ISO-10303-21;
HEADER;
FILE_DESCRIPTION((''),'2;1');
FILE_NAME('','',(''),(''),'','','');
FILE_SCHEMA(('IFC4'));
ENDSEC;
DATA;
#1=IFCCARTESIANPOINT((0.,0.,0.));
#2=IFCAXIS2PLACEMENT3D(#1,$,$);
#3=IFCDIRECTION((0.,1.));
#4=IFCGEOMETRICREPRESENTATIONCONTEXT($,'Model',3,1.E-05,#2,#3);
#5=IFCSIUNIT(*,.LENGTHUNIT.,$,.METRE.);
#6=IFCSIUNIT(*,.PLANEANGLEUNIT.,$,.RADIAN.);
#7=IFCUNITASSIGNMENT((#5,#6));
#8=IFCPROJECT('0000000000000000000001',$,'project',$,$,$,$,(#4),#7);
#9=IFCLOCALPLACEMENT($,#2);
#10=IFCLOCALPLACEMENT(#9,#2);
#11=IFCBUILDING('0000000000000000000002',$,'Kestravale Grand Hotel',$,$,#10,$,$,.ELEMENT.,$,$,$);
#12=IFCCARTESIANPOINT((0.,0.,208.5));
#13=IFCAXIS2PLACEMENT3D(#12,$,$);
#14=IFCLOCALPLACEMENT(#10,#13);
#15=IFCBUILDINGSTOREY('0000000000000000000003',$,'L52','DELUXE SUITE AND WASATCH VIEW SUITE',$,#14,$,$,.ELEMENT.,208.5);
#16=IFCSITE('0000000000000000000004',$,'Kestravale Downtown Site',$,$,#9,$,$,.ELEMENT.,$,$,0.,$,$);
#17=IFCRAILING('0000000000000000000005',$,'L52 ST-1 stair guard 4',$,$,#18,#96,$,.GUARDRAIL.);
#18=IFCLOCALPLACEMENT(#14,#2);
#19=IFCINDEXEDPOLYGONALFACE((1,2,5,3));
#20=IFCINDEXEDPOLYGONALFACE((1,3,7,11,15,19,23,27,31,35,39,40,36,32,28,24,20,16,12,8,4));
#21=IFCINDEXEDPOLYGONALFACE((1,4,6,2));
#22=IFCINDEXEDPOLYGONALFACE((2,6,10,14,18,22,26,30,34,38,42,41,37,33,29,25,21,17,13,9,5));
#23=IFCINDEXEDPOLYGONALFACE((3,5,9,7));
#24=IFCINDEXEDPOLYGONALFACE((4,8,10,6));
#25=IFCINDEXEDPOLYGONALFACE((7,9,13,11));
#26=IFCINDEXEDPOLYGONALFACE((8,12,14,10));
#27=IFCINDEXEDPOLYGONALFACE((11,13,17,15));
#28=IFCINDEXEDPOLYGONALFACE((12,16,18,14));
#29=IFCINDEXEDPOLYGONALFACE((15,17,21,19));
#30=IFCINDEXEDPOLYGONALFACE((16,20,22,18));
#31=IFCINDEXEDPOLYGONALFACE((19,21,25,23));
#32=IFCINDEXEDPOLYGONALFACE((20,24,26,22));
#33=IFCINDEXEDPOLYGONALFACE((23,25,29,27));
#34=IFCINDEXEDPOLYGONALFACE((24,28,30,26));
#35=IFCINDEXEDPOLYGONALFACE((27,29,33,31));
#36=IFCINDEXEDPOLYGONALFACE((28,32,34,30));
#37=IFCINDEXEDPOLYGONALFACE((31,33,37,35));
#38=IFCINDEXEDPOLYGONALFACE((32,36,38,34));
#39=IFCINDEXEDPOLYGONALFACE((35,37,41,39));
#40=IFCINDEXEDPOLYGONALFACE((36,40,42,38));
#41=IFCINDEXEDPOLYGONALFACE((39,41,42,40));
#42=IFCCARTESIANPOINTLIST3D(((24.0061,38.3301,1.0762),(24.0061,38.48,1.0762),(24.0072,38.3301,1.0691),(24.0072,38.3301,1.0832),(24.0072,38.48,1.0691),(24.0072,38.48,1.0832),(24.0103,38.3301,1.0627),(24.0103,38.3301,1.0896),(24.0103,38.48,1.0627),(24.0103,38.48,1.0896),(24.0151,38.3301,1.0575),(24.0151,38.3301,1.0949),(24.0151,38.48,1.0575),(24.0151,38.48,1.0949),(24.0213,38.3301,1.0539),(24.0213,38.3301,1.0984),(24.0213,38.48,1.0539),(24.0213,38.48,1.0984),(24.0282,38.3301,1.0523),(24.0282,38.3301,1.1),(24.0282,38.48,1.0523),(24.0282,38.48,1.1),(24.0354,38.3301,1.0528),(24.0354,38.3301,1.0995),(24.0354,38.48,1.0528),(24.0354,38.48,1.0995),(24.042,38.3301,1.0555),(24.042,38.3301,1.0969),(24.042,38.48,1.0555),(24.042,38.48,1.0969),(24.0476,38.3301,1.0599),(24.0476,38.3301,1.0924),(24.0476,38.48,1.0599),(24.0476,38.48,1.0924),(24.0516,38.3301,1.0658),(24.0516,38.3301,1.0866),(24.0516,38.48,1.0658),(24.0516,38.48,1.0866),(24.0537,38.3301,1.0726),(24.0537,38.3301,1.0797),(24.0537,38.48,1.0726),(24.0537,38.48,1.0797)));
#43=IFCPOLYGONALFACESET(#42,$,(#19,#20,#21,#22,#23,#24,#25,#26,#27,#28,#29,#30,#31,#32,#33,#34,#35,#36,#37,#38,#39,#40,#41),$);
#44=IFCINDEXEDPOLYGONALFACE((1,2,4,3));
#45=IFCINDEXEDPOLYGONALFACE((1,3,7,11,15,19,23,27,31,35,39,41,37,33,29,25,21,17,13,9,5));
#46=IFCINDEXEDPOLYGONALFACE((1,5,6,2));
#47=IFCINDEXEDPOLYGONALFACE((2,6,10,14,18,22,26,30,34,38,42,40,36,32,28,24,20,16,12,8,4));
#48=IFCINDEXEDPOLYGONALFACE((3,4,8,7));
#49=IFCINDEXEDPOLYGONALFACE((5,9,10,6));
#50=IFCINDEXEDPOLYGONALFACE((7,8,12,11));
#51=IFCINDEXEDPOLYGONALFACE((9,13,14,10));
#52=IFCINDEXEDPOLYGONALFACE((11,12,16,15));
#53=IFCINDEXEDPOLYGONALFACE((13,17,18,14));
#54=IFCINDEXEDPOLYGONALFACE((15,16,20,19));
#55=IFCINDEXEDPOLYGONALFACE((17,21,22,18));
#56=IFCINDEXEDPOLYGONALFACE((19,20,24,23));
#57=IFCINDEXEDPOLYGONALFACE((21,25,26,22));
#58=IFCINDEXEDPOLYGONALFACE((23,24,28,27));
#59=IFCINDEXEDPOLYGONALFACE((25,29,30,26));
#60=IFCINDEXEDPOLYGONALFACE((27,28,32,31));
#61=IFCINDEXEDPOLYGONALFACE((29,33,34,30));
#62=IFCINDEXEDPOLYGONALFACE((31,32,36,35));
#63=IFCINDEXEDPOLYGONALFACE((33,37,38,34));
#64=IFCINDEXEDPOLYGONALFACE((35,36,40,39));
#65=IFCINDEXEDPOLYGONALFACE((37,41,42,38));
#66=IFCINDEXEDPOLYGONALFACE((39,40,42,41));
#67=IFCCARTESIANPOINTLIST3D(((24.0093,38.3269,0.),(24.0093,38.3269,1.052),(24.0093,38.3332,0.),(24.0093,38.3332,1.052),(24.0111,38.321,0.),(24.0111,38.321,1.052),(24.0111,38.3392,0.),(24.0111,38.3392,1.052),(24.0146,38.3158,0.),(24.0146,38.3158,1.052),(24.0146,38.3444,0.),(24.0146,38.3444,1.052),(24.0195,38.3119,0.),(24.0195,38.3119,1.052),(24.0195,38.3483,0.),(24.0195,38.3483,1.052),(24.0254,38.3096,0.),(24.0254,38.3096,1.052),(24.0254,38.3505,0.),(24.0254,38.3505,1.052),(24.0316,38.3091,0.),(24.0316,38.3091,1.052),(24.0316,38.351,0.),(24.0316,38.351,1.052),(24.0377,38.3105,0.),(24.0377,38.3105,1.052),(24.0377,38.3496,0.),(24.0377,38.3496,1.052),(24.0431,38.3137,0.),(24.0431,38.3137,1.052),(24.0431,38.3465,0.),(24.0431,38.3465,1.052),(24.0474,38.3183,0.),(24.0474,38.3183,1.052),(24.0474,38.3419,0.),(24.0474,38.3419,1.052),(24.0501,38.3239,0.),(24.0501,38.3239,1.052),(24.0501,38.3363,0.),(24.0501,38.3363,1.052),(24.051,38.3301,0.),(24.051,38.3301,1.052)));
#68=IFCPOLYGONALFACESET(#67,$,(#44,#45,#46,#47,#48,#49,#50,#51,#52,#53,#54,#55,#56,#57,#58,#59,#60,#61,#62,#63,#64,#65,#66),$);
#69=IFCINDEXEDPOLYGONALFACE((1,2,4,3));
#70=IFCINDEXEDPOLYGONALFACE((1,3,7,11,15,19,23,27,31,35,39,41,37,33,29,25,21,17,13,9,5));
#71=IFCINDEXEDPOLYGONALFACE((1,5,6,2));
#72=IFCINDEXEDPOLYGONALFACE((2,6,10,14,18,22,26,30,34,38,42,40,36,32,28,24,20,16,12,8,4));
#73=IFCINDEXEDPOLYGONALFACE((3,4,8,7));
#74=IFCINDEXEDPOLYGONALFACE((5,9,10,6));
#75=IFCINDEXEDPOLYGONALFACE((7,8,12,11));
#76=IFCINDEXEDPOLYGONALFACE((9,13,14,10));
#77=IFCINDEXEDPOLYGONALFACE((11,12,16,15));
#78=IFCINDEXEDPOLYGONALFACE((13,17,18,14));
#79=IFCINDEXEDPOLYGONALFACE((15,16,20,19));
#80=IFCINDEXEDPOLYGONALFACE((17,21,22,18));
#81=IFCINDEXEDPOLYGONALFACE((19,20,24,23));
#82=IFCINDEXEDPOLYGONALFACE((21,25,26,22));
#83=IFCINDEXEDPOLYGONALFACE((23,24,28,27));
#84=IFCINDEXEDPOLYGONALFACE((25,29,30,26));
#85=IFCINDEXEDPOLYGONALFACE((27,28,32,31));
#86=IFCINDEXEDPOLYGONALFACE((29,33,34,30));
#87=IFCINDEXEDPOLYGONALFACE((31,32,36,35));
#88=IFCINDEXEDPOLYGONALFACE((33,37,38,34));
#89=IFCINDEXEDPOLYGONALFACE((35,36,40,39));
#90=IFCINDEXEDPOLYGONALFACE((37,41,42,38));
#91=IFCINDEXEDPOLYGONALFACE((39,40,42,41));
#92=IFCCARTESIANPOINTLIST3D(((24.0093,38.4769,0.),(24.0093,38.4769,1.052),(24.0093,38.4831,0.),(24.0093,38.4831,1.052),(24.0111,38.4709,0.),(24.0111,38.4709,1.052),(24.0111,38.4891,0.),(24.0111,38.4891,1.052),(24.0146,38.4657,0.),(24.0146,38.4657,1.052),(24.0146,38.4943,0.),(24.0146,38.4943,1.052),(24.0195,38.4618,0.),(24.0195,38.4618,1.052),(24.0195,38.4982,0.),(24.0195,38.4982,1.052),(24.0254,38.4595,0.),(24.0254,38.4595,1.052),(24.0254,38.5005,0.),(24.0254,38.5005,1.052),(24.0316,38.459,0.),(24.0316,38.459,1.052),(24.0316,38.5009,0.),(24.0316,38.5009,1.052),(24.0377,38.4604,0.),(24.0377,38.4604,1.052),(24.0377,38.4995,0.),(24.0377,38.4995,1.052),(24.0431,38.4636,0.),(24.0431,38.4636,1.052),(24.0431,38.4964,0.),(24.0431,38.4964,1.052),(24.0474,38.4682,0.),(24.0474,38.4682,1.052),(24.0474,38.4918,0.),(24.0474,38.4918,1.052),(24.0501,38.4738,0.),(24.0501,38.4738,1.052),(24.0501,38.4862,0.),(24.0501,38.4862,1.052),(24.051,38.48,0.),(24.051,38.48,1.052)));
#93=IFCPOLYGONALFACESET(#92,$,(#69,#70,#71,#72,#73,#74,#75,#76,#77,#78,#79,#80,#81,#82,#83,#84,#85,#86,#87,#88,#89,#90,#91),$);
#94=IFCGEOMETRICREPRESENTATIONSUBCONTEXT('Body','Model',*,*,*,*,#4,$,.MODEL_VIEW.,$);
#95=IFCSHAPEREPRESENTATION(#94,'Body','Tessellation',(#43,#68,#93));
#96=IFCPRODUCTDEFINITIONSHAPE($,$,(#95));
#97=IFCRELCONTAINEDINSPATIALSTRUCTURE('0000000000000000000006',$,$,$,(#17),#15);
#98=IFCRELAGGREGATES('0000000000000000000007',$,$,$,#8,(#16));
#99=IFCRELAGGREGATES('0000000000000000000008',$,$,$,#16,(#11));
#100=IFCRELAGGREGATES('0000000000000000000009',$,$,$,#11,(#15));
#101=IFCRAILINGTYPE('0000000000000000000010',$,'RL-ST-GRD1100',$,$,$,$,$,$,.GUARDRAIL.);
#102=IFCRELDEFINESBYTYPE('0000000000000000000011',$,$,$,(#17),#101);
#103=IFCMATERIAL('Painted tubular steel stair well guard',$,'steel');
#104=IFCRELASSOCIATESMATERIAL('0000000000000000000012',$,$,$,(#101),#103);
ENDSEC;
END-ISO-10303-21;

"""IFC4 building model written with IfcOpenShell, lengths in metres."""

from ifc_helpers import new_model, si_unit, direction, frame, origin, origin_2d, place, context, subcontext, project, spatial, circle, extrude, material, type_object, element, save


model = new_model("IFC4")

# Units and contexts
model_context = context("Model", 3, precision=1e-05, world=origin(), true_north=direction((0.0, 1.0)))
body_context = subcontext(model_context, "Body", "Model", "MODEL_VIEW")
ifc_project = project(units=[si_unit("LENGTHUNIT", "METRE"), si_unit("PLANEANGLEUNIT", "RADIAN")], contexts=[model_context])

# Site, building, storey
site_placement = place(None, origin())
site = spatial("IfcSite", under=ifc_project, at=site_placement, Name="Kestravale Downtown Site", CompositionType="ELEMENT", RefElevation=0.0)
building_placement = place(site_placement, origin())
building = spatial("IfcBuilding", under=site, at=building_placement, Name="Kestravale Grand Hotel", CompositionType="ELEMENT")
storey_placement = place(building_placement, frame((0.0, 0.0, 208.5)))
storey = spatial("IfcBuildingStorey", under=building, at=storey_placement, Name="L52", Description="DELUXE SUITE AND WASATCH VIEW SUITE", CompositionType="ELEMENT", Elevation=208.5)

# Railing
ifc_material_1 = material(Name="Painted tubular steel stair well guard", Category="steel")
railing_type = type_object("IfcRailingType", Name="RL-ST-GRD1100", PredefinedType="GUARDRAIL", material=ifc_material_1)
railing_placement = place(storey_placement, frame((24.03, 38.3301, 0.0)))
element("IfcRailing", 1, at=railing_placement, inside=storey, type_object=railing_type, Name="L52 ST-1 stair guard 4", PredefinedType="GUARDRAIL", context=body_context, shape_type="SweptSolid", body=[
    extrude(circle(Radius=0.0239, at=origin_2d()), frame((0.0, 0.0, 1.0762), z_axis=(0.0, 1.0, 0.0), x_axis=(-1.0, 0.0, 0.0)), (0.0, 0.0, 1.0), 0.1499),
    extrude(circle(Radius=0.021, at=origin_2d()), origin(), (0.0, 0.0, 1.0), 1.052),
    extrude(circle(Radius=0.021, at=origin_2d()), frame((0.0, 0.1499, 0.0)), (0.0, 0.0, 1.0), 1.052),
])

save(model, "model.ifc")
